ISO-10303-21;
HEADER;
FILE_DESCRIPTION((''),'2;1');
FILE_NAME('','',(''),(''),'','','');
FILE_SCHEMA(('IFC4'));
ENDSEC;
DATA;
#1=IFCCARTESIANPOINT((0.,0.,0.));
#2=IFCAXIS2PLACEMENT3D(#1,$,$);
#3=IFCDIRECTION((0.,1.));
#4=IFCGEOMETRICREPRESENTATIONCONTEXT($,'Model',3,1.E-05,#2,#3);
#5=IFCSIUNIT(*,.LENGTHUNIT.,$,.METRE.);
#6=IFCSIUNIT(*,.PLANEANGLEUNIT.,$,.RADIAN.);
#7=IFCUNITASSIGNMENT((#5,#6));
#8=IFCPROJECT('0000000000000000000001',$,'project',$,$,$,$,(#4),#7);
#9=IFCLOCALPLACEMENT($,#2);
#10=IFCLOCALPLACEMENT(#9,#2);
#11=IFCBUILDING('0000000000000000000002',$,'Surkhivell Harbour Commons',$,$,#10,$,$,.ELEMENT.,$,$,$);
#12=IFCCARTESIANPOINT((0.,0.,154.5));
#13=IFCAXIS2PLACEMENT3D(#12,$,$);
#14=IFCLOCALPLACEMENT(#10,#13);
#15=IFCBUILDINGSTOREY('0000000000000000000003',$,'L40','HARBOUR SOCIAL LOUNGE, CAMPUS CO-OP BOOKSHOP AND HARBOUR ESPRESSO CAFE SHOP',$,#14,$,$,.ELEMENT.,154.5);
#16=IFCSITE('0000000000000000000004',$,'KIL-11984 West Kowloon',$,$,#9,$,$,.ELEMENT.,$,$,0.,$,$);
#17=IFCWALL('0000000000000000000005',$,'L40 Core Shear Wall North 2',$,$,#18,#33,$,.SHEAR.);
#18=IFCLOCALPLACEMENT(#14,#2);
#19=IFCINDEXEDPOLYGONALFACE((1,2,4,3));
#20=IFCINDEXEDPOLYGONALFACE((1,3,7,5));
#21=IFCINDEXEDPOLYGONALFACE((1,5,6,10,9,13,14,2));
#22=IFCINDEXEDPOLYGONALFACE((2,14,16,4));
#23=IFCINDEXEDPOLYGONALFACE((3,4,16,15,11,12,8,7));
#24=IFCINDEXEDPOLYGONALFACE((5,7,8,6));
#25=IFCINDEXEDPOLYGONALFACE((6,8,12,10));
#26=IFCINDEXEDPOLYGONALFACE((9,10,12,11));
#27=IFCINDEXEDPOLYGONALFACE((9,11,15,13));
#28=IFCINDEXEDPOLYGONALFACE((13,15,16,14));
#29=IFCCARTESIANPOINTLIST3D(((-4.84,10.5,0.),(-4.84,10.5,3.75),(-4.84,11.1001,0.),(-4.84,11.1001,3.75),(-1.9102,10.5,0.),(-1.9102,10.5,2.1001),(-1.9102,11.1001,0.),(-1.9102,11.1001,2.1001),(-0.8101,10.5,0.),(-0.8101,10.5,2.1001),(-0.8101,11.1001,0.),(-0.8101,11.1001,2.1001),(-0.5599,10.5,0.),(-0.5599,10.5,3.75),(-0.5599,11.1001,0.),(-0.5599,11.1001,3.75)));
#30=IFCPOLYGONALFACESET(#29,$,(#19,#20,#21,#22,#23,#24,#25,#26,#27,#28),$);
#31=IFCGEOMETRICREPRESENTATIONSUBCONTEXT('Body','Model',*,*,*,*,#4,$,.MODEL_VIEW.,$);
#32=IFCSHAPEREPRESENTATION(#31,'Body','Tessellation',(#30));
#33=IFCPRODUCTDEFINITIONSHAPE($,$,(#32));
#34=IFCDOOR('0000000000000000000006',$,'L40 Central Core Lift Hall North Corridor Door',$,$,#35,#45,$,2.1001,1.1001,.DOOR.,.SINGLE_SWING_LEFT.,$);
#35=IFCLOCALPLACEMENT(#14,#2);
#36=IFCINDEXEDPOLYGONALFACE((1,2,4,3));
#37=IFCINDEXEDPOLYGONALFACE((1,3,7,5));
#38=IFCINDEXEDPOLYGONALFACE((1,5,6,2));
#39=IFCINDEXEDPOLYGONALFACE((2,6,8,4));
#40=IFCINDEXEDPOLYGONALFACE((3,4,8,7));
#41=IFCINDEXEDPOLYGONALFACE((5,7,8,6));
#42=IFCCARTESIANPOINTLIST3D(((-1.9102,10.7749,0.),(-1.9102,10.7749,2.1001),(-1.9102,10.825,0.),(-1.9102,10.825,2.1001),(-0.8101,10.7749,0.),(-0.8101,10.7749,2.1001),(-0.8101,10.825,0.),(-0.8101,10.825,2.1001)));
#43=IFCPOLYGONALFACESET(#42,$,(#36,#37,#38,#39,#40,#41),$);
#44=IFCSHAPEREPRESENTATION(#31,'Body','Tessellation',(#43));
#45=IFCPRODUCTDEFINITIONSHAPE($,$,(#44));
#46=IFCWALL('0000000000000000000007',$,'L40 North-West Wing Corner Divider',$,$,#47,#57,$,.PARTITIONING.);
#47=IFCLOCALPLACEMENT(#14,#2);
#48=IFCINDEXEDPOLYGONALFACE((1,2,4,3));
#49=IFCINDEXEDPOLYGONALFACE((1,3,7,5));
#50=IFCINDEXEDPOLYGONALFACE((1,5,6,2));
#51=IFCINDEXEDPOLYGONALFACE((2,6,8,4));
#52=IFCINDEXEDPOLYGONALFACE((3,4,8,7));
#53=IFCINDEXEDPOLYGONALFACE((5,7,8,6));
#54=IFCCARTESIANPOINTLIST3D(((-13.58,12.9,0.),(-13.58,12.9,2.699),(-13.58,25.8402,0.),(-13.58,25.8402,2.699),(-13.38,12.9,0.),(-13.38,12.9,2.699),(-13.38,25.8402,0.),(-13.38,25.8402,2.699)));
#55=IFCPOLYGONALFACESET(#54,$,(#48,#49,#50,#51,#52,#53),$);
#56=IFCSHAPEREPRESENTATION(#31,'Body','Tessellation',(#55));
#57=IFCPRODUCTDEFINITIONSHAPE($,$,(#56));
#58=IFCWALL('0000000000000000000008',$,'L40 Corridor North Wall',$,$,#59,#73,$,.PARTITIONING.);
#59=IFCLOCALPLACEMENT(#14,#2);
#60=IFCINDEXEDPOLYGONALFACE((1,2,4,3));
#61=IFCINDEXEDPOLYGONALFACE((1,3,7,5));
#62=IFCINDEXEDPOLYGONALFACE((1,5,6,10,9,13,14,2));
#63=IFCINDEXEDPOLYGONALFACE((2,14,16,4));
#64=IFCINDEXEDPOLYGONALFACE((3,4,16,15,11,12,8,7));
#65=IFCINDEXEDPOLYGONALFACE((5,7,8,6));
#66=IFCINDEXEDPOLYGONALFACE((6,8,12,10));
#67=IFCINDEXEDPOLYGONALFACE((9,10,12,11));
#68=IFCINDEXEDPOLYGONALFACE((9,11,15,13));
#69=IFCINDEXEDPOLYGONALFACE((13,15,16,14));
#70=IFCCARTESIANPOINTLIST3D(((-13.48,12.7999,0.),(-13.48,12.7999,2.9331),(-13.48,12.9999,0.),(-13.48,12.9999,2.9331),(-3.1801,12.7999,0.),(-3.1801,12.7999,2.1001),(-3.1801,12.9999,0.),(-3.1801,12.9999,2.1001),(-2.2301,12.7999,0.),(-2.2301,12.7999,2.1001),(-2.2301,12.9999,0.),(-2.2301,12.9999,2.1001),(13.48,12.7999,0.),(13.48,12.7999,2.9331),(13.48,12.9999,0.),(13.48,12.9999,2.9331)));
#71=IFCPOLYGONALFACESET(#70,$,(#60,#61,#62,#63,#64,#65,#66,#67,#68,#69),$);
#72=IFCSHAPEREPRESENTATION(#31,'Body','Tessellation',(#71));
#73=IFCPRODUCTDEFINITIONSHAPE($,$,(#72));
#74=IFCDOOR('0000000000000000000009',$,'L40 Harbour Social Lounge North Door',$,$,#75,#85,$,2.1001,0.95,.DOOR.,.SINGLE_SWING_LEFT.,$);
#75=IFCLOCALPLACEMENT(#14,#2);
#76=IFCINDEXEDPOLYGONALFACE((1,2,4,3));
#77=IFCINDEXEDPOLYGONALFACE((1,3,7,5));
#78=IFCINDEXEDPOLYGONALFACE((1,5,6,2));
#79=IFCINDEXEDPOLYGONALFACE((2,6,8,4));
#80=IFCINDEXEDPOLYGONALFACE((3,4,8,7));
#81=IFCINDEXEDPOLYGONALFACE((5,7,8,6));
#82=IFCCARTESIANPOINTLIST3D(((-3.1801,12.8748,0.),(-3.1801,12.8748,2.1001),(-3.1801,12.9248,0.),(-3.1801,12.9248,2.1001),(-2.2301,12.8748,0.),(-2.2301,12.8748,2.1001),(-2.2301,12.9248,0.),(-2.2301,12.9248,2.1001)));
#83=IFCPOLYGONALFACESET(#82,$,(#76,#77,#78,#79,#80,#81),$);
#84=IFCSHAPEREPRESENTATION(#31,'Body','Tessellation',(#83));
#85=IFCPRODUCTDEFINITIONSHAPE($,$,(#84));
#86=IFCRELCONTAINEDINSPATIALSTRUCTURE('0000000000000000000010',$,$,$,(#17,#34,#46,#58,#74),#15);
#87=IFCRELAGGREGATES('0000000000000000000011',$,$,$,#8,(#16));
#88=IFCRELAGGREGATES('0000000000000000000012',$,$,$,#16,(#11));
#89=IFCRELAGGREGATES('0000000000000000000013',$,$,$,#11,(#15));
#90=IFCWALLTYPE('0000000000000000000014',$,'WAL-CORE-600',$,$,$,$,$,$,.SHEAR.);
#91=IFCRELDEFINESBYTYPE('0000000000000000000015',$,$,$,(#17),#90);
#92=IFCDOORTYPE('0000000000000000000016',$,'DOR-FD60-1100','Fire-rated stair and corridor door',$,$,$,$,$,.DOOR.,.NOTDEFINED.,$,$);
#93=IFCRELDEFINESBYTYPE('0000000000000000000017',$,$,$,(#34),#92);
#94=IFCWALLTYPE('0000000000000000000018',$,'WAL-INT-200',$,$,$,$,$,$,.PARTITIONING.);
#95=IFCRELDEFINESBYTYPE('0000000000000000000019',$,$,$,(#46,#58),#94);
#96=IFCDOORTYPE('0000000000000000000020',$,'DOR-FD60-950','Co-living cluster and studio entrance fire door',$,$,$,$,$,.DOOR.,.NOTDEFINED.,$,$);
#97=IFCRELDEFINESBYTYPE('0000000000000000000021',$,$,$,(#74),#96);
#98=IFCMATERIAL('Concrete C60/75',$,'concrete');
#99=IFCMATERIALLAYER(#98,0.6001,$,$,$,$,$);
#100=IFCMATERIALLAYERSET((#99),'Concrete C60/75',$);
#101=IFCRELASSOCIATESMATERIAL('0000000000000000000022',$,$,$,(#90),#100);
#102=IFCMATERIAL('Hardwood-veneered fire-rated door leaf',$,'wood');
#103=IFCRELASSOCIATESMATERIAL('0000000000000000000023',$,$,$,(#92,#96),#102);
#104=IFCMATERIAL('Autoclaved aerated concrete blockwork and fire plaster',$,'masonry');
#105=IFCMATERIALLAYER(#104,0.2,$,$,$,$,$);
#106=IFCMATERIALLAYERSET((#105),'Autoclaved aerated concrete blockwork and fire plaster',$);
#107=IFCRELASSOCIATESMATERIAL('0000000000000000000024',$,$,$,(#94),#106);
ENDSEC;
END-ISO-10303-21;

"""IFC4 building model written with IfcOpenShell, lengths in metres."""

from ifc_helpers import new_model, si_unit, direction, frame, frame_2d, origin, place, context, subcontext, project, spatial, rectangle, extrude, material, layer, layer_set, type_object, element, fill, save


model = new_model("IFC4")

# Units and contexts
model_context = context("Model", 3, precision=1e-05, world=origin(), true_north=direction((0.0, 1.0)))
body_context = subcontext(model_context, "Body", "Model", "MODEL_VIEW")
ifc_project = project(units=[si_unit("LENGTHUNIT", "METRE"), si_unit("PLANEANGLEUNIT", "RADIAN")], contexts=[model_context])

# Site, building, storey
site_placement = place(None, origin())
site = spatial("IfcSite", under=ifc_project, at=site_placement, Name="KIL-11984 West Kowloon", CompositionType="ELEMENT", RefElevation=0.0)
building_placement = place(site_placement, origin())
building = spatial("IfcBuilding", under=site, at=building_placement, Name="Surkhivell Harbour Commons", CompositionType="ELEMENT")
storey_placement = place(building_placement, frame((0.0, 0.0, 154.5)))
storey = spatial("IfcBuildingStorey", under=building, at=storey_placement, Name="L40", Description="HARBOUR SOCIAL LOUNGE, CAMPUS CO-OP BOOKSHOP AND HARBOUR ESPRESSO CAFE SHOP", CompositionType="ELEMENT", Elevation=154.5)

# Shared definitions
ifc_material_1 = material(Name="Concrete C60/75", Category="concrete")

# Wall, opening, door
ifc_layer_1 = layer(ifc_material_1, 0.6001)
ifc_layer_set_1 = layer_set([ifc_layer_1], Name="Concrete C60/75")
wall_type_1 = type_object("IfcWallType", Name="WAL-CORE-600", PredefinedType="SHEAR", material=ifc_layer_set_1)
wall_1_placement = place(storey_placement, frame((-4.8401, 10.8, 0.0), z_axis=(0.0, 0.0, 1.0), x_axis=(1.0, 0.0, 0.0)))
wall_1 = element("IfcWall", 1, at=wall_1_placement, inside=storey, type_object=wall_type_1, Name="L40 Core Shear Wall North 2", PredefinedType="SHEAR", context=body_context, shape_type="SweptSolid", body=[
    extrude(rectangle(XDim=4.28, YDim=0.6001, at=frame_2d((2.1401, 0.0))), origin(), (0.0, 0.0, 1.0), 3.75),
])
opening_1_placement = place(wall_1_placement, frame((2.9299, 0.0, 0.0)))
opening_1 = element("IfcOpeningElement", 2, at=opening_1_placement, cuts=wall_1, PredefinedType="OPENING", context=body_context, shape_type="SweptSolid", body=[
    extrude(rectangle(XDim=1.1001, YDim=2.1001, at=frame_2d((0.55, 1.05))), frame((0.0, 0.3101, 0.0), z_axis=(0.0, -1.0, 0.0), x_axis=(1.0, 0.0, 0.0)), (0.0, 0.0, 1.0), 0.6201),
])
ifc_material_2 = material(Name="Hardwood-veneered fire-rated door leaf", Category="wood")
door_type_1 = type_object("IfcDoorType", Name="DOR-FD60-1100", Description="Fire-rated stair and corridor door", OperationType="NOTDEFINED", PredefinedType="DOOR", material=ifc_material_2)
door_1_placement = place(opening_1_placement, origin())
door_1 = element("IfcDoor", 3, at=door_1_placement, inside=storey, type_object=door_type_1, Name="L40 Central Core Lift Hall North Corridor Door", OperationType="SINGLE_SWING_LEFT", OverallHeight=2.1001, OverallWidth=1.1001, PredefinedType="DOOR", context=body_context, shape_type="SweptSolid", body=[
    extrude(rectangle(XDim=1.1001, YDim=2.1001, at=frame_2d((0.55, 1.05))), frame((0.0, 0.0249, 0.0), z_axis=(0.0, -1.0, 0.0), x_axis=(1.0, 0.0, 0.0)), (0.0, 0.0, 1.0), 0.05),
])
fill(opening_1, door_1)

# Wall
ifc_material_3 = material(Name="Autoclaved aerated concrete blockwork and fire plaster", Category="masonry")
ifc_layer_2 = layer(ifc_material_3, 0.2)
ifc_layer_set_2 = layer_set([ifc_layer_2], Name="Autoclaved aerated concrete blockwork and fire plaster")
wall_type_2 = type_object("IfcWallType", Name="WAL-INT-200", PredefinedType="PARTITIONING", material=ifc_layer_set_2)
wall_2_placement = place(storey_placement, frame((-13.48, 12.8999, 0.0), z_axis=(0.0, 0.0, 1.0), x_axis=(0.0, 1.0, 0.0)))
element("IfcWall", 4, at=wall_2_placement, inside=storey, type_object=wall_type_2, Name="L40 North-West Wing Corner Divider", PredefinedType="PARTITIONING", context=body_context, shape_type="SweptSolid", body=[
    extrude(rectangle(XDim=12.9402, YDim=0.2, at=frame_2d((6.4702, 0.0))), origin(), (0.0, 0.0, 1.0), 2.699),
])

# Wall, opening, door
wall_3_placement = place(storey_placement, frame((-13.48, 12.8999, 0.0), z_axis=(0.0, 0.0, 1.0), x_axis=(1.0, 0.0, 0.0)))
wall_3 = element("IfcWall", 5, at=wall_3_placement, inside=storey, type_object=wall_type_2, Name="L40 Corridor North Wall", PredefinedType="PARTITIONING", context=body_context, shape_type="SweptSolid", body=[
    extrude(rectangle(XDim=26.96, YDim=0.2, at=frame_2d((13.48, 0.0))), origin(), (0.0, 0.0, 1.0), 2.9331),
])
opening_2_placement = place(wall_3_placement, frame((10.2998, 0.0, 0.0)))
opening_2 = element("IfcOpeningElement", 6, at=opening_2_placement, cuts=wall_3, PredefinedType="OPENING", context=body_context, shape_type="SweptSolid", body=[
    extrude(rectangle(XDim=0.95, YDim=2.1001, at=frame_2d((0.4751, 1.05))), frame((0.0, 0.1099, 0.0), z_axis=(0.0, -1.0, 0.0), x_axis=(1.0, 0.0, 0.0)), (0.0, 0.0, 1.0), 0.22),
])
door_type_2 = type_object("IfcDoorType", Name="DOR-FD60-950", Description="Co-living cluster and studio entrance fire door", OperationType="NOTDEFINED", PredefinedType="DOOR", material=ifc_material_2)
door_2_placement = place(opening_2_placement, origin())
door_2 = element("IfcDoor", 7, at=door_2_placement, inside=storey, type_object=door_type_2, Name="L40 Harbour Social Lounge North Door", OperationType="SINGLE_SWING_LEFT", OverallHeight=2.1001, OverallWidth=0.95, PredefinedType="DOOR", context=body_context, shape_type="SweptSolid", body=[
    extrude(rectangle(XDim=0.95, YDim=2.1001, at=frame_2d((0.4751, 1.05))), frame((0.0, 0.0249, 0.0), z_axis=(0.0, -1.0, 0.0), x_axis=(1.0, 0.0, 0.0)), (0.0, 0.0, 1.0), 0.05),
])
fill(opening_2, door_2)

save(model, "model.ifc")
